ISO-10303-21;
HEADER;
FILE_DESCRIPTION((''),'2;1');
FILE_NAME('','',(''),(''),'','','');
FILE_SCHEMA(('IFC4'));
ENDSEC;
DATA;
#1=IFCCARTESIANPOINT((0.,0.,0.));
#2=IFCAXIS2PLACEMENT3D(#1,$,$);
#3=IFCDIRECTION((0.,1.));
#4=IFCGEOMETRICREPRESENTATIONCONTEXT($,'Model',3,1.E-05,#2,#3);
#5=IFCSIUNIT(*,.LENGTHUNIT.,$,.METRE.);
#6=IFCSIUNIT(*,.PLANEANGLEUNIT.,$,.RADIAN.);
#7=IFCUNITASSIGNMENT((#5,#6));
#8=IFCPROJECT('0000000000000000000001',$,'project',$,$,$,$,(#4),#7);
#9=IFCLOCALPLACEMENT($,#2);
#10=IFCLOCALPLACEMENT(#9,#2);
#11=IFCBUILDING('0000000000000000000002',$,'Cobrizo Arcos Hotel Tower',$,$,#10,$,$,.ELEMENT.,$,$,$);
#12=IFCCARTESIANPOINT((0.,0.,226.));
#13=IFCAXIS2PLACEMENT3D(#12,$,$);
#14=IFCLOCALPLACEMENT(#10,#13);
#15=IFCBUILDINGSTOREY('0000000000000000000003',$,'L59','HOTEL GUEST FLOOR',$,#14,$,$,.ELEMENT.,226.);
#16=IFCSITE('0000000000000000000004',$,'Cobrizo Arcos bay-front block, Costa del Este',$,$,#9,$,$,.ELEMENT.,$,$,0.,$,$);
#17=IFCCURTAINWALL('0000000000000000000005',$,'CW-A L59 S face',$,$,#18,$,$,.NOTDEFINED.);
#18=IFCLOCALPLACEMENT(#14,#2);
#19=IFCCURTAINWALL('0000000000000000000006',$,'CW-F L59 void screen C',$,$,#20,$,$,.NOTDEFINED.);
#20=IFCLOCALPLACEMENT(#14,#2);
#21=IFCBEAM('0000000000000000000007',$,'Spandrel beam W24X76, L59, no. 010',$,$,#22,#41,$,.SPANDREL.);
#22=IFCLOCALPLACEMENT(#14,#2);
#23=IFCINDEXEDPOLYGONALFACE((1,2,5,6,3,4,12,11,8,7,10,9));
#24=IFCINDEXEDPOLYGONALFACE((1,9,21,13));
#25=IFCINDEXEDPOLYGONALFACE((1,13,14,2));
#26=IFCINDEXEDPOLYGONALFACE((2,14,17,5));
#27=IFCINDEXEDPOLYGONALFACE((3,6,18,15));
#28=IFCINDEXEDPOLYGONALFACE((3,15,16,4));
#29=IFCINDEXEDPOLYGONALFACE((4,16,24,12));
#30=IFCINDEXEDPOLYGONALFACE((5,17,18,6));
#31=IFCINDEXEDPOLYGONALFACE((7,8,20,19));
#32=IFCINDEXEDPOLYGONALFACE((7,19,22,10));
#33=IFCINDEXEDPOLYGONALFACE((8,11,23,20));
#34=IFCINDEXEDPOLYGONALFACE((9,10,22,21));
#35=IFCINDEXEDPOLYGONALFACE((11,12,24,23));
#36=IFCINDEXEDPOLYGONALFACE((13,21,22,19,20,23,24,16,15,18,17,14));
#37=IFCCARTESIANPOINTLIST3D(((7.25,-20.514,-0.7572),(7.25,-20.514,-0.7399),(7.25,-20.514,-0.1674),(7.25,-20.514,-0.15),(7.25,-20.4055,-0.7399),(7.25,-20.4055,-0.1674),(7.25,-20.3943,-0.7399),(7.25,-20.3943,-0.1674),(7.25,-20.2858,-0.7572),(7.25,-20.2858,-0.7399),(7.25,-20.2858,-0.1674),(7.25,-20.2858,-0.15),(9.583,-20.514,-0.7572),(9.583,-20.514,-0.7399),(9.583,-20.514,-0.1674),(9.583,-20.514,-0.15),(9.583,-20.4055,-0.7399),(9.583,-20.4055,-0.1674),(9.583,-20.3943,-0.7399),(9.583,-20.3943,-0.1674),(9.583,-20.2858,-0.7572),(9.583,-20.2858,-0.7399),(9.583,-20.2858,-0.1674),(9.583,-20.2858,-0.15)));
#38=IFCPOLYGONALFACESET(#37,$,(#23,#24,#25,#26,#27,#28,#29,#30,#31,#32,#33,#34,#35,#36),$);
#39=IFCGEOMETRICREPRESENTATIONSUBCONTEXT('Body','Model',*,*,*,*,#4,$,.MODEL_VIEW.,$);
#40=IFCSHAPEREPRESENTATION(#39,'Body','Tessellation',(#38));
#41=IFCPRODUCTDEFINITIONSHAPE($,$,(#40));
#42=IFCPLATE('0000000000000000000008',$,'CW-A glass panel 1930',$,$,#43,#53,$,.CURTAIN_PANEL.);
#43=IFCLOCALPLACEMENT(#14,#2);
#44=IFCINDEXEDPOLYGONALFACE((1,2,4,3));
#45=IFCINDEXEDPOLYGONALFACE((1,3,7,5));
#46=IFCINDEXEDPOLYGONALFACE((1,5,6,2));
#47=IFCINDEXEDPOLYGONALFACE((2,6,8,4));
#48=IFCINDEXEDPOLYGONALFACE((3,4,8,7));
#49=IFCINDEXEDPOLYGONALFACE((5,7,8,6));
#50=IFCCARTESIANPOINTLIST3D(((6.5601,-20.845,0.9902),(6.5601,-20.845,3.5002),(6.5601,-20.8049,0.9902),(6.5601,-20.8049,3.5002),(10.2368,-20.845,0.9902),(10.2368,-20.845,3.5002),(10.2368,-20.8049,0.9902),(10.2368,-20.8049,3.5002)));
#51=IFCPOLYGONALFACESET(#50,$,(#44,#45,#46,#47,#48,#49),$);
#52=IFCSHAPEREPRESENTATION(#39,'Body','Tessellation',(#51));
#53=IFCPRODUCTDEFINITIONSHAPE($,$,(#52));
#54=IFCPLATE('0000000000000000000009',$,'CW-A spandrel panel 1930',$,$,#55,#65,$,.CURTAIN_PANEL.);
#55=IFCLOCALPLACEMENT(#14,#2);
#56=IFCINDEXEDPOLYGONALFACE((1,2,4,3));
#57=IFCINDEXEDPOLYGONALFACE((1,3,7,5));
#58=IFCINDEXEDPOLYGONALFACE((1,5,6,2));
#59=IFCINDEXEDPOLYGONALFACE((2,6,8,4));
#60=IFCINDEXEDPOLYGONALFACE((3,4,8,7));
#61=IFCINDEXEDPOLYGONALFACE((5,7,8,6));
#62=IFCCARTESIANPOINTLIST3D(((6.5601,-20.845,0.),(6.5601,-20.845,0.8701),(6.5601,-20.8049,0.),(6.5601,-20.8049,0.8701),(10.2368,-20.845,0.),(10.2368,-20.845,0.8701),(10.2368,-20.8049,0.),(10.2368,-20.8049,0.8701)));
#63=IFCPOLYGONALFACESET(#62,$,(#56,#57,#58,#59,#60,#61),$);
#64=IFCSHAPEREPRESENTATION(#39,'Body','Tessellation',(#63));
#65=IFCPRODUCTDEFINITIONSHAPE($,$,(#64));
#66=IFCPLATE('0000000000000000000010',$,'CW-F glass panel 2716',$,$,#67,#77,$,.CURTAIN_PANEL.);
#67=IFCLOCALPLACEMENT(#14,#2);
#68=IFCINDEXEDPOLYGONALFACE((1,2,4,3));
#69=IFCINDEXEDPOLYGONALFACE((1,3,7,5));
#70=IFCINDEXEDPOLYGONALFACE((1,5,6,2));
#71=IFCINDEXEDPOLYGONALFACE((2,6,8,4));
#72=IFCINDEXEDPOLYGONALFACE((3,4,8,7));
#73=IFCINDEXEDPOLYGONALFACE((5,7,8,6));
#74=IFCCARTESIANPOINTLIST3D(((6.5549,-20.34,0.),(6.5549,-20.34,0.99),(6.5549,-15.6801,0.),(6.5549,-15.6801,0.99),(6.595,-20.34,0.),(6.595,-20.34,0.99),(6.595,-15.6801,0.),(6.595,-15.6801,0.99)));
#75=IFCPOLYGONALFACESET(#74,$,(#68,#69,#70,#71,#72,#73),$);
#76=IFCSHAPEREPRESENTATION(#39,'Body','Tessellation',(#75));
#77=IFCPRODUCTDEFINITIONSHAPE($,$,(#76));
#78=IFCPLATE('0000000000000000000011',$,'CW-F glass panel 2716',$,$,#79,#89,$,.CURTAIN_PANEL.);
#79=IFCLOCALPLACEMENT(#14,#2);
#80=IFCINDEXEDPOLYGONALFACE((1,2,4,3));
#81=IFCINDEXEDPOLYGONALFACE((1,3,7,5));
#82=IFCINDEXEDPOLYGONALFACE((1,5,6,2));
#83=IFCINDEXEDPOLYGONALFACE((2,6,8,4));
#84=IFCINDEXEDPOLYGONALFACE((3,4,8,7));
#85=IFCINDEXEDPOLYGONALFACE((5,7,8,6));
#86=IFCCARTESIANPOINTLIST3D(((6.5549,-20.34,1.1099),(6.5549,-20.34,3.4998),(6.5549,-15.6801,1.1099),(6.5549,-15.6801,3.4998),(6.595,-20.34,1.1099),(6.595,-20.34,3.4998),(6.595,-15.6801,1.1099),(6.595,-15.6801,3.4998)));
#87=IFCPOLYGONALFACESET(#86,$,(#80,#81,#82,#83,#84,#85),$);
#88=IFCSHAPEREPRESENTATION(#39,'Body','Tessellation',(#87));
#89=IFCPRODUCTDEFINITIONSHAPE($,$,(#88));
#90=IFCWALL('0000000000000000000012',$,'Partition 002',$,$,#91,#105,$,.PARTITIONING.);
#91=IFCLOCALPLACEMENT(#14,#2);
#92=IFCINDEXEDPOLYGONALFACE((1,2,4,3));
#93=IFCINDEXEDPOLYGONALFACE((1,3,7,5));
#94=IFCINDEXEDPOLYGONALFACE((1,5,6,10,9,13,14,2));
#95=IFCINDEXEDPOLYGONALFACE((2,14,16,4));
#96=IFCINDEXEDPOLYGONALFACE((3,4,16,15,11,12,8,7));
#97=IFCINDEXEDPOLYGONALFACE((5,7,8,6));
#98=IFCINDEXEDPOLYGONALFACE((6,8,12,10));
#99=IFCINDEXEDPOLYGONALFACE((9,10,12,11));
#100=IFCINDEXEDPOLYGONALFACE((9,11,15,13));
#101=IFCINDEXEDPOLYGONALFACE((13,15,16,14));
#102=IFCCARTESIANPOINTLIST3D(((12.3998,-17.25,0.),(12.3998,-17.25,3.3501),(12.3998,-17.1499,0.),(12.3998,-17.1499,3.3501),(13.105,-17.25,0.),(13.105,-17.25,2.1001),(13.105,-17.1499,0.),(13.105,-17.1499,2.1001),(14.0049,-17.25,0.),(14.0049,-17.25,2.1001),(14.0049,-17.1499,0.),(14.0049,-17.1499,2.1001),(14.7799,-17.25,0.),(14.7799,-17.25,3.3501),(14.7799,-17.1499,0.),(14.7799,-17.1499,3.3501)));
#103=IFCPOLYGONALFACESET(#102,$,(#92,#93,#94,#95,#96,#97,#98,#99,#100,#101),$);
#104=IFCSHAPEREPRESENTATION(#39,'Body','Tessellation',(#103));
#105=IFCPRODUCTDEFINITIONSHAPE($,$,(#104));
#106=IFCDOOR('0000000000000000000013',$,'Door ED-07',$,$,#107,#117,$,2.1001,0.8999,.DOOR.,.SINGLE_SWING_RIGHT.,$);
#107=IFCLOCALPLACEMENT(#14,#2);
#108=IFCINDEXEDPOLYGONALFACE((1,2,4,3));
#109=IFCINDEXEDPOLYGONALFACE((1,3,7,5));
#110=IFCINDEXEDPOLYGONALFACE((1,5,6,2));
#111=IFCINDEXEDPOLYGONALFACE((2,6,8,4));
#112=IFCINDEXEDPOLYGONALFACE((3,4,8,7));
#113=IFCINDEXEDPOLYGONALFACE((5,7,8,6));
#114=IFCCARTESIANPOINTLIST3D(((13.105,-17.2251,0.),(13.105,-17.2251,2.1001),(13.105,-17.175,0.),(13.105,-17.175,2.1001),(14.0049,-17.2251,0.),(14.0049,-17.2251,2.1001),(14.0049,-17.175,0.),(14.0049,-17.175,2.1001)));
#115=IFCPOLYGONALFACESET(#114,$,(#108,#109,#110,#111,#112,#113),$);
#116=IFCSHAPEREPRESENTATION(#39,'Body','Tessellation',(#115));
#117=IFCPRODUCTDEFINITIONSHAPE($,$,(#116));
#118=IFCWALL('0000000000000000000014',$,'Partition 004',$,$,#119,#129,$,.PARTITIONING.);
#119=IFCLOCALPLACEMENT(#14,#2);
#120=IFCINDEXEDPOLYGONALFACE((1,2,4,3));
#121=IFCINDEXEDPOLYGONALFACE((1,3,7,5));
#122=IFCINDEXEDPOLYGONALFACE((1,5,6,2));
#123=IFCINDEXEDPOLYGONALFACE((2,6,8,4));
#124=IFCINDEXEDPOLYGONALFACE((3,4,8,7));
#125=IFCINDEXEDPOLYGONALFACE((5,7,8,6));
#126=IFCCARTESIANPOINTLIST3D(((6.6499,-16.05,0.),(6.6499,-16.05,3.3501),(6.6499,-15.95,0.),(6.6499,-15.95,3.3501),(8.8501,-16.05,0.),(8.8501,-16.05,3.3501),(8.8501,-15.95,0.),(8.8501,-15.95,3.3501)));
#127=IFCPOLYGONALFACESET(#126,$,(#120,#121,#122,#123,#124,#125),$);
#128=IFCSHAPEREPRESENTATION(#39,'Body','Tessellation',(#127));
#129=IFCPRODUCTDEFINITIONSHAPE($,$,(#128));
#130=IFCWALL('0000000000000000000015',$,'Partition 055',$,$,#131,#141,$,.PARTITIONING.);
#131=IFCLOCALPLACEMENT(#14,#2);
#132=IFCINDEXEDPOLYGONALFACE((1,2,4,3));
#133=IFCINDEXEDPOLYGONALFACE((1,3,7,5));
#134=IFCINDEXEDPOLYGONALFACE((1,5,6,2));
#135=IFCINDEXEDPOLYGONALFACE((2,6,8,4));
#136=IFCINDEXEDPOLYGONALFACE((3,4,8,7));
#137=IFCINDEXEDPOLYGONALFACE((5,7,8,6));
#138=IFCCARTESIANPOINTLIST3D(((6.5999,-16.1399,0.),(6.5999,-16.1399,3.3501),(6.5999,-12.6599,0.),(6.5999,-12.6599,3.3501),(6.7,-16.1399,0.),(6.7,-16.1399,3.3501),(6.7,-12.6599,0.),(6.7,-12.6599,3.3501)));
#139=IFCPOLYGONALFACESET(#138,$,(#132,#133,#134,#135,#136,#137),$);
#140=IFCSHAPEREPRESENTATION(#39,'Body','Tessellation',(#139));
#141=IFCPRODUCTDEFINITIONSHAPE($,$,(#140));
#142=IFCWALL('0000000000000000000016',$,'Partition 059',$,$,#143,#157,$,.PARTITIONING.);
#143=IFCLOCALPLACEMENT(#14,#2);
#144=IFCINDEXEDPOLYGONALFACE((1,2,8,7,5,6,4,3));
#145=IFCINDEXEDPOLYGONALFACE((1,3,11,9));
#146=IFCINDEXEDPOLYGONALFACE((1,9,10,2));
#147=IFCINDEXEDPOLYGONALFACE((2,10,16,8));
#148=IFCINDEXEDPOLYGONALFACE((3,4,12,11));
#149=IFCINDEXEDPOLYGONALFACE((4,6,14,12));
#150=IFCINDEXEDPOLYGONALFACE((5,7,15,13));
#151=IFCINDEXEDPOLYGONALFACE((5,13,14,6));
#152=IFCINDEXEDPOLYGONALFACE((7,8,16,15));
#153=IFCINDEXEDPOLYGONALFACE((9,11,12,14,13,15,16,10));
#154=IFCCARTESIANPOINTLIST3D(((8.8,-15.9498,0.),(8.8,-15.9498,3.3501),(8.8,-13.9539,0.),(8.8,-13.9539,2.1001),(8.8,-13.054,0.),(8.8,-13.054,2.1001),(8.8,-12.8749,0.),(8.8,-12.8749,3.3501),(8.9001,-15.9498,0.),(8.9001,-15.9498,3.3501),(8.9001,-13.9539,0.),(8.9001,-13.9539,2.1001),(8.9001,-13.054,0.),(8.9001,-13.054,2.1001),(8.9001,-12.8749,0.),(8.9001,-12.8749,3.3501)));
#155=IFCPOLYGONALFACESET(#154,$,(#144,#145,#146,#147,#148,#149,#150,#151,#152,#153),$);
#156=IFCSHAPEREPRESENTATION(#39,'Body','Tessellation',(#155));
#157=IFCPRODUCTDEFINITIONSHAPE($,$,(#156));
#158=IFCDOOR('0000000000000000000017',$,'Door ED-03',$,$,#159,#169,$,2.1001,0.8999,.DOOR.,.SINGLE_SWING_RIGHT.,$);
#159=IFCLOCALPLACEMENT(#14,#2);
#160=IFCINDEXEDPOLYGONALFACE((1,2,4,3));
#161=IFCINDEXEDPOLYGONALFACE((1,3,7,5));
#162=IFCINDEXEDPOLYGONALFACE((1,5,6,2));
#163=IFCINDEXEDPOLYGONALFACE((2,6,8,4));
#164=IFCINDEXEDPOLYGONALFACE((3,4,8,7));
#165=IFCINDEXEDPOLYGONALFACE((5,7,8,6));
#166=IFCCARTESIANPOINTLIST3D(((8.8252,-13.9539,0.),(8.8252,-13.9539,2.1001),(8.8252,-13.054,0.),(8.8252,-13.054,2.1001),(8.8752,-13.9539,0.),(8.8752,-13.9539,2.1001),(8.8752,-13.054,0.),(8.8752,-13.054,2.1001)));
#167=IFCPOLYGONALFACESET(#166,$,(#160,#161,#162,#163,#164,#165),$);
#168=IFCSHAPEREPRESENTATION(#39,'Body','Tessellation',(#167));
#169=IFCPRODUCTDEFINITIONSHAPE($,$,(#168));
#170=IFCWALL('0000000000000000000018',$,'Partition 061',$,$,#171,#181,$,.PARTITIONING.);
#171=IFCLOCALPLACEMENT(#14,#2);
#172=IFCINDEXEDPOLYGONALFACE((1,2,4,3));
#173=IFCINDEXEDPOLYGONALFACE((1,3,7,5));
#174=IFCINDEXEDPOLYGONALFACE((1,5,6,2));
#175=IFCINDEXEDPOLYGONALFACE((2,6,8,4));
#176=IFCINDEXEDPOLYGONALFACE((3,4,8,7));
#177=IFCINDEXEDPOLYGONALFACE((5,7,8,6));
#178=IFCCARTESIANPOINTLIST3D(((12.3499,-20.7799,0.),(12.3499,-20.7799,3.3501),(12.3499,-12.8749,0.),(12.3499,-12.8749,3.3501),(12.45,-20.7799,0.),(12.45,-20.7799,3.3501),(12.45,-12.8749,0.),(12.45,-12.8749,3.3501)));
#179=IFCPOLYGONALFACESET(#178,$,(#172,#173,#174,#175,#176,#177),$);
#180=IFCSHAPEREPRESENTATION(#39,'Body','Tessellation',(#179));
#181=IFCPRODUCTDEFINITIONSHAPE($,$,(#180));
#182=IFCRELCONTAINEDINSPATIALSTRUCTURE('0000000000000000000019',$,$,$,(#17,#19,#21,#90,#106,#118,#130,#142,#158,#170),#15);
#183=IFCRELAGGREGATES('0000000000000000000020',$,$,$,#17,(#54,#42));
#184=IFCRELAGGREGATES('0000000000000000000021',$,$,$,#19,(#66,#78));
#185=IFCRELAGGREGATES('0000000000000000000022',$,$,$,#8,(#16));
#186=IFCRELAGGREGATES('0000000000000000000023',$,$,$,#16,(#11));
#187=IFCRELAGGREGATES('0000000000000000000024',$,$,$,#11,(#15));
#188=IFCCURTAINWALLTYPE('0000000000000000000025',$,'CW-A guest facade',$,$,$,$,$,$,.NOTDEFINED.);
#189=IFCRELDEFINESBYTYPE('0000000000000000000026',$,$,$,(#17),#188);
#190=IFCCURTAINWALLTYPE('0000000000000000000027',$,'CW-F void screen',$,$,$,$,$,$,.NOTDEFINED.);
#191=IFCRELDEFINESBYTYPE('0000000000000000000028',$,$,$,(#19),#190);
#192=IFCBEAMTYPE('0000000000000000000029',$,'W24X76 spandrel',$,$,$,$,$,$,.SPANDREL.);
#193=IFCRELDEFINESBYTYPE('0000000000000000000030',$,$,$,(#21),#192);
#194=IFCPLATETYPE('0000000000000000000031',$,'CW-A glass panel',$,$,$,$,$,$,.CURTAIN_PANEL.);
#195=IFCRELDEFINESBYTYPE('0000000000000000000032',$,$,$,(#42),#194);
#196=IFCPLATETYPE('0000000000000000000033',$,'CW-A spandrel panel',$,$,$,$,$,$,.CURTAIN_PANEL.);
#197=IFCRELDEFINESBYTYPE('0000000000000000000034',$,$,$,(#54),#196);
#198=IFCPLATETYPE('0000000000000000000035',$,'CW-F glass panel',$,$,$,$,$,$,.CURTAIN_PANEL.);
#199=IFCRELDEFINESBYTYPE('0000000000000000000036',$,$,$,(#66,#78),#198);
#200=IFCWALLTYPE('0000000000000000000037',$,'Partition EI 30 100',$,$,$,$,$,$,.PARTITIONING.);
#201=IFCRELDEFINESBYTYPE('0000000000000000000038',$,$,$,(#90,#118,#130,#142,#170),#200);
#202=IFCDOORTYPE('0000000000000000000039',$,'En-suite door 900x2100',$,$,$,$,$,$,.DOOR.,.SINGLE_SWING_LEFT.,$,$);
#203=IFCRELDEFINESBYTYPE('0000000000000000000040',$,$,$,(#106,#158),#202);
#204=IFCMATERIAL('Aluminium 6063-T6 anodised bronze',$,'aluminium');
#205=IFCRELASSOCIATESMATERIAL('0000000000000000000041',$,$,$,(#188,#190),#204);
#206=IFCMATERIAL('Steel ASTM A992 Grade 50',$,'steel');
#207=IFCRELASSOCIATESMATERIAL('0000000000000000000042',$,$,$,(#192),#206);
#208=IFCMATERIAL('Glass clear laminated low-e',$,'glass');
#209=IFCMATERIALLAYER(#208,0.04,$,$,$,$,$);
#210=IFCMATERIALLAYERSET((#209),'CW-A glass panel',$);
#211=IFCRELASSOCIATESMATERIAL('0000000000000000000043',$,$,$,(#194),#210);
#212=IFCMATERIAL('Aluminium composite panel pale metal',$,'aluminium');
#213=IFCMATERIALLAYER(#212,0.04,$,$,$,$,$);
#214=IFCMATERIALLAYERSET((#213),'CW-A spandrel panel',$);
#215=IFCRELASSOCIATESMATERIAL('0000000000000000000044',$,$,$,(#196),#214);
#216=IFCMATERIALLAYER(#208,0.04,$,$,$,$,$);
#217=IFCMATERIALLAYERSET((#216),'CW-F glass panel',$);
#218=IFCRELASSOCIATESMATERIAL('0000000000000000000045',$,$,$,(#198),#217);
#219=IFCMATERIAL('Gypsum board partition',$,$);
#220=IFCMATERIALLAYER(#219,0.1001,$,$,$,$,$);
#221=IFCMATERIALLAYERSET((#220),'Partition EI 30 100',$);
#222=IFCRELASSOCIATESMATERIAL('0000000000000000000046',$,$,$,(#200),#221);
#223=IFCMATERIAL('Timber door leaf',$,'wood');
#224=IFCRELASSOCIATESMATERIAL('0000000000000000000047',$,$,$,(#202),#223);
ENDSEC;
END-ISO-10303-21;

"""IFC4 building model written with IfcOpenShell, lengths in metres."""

from ifc_helpers import new_model, si_unit, direction, frame, frame_2d, origin, origin_2d, place, context, subcontext, project, spatial, rectangle, i_section, extrude, material, layer, layer_set, material_profile, profile_set, type_object, element, fill, aggregate, save


model = new_model("IFC4")

# Units and contexts
model_context = context("Model", 3, precision=1e-05, world=origin(), true_north=direction((0.0, 1.0)))
body_context = subcontext(model_context, "Body", "Model", "MODEL_VIEW")
ifc_project = project(units=[si_unit("LENGTHUNIT", "METRE"), si_unit("PLANEANGLEUNIT", "RADIAN")], contexts=[model_context])

# Site, building, storey
site_placement = place(None, origin())
site = spatial("IfcSite", under=ifc_project, at=site_placement, Name="Cobrizo Arcos bay-front block, Costa del Este", CompositionType="ELEMENT", RefElevation=0.0)
building_placement = place(site_placement, origin())
building = spatial("IfcBuilding", under=site, at=building_placement, Name="Cobrizo Arcos Hotel Tower", CompositionType="ELEMENT")
storey_placement = place(building_placement, frame((0.0, 0.0, 226.0)))
storey = spatial("IfcBuildingStorey", under=building, at=storey_placement, Name="L59", Description="HOTEL GUEST FLOOR", CompositionType="ELEMENT", Elevation=226.0)

# Curtain walls
ifc_material_1 = material(Name="Aluminium 6063-T6 anodised bronze", Category="aluminium")
curtain_wall_type_1 = type_object("IfcCurtainWallType", Name="CW-A guest facade", PredefinedType="NOTDEFINED", material=ifc_material_1)
curtain_wall_1_placement = place(storey_placement, origin())
curtain_wall_1 = element("IfcCurtainWall", 1, at=curtain_wall_1_placement, inside=storey, type_object=curtain_wall_type_1, Name="CW-A L59 S face", PredefinedType="NOTDEFINED")
curtain_wall_type_2 = type_object("IfcCurtainWallType", Name="CW-F void screen", PredefinedType="NOTDEFINED", material=ifc_material_1)
curtain_wall_2_placement = place(storey_placement, origin())
curtain_wall_2 = element("IfcCurtainWall", 2, at=curtain_wall_2_placement, inside=storey, type_object=curtain_wall_type_2, Name="CW-F L59 void screen C", PredefinedType="NOTDEFINED")

# Beam
ifc_material_2 = material(Name="Steel ASTM A992 Grade 50", Category="steel")
ifc_material_profile_1 = material_profile(ifc_material_2, i_section(OverallWidth=0.2283, OverallDepth=0.6072, WebThickness=0.0112, FlangeThickness=0.0173, at=origin_2d()), Name="W24X76")
ifc_profile_set_1 = profile_set([ifc_material_profile_1], Name="Steel ASTM A992 Grade 50")
beam_type_1 = type_object("IfcBeamType", Name="W24X76 spandrel", PredefinedType="SPANDREL", material=ifc_profile_set_1)
beam_1_placement = place(storey_placement, frame((9.583, -20.3999, -0.4536), z_axis=(-1.0, 0.0, 0.0), x_axis=(0.0, -1.0, 0.0)))
element("IfcBeam", 3, at=beam_1_placement, inside=storey, type_object=beam_type_1, Name="Spandrel beam W24X76, L59, no. 010", PredefinedType="SPANDREL", context=body_context, shape_type="SweptSolid", body=[
    extrude(i_section(OverallWidth=0.2283, OverallDepth=0.6072, WebThickness=0.0112, FlangeThickness=0.0173, at=origin_2d()), origin(), (0.0, 0.0, 1.0), 2.333),
])

# Plates
ifc_material_3 = material(Name="Glass clear laminated low-e", Category="glass")
ifc_layer_1 = layer(ifc_material_3, 0.04)
ifc_layer_set_1 = layer_set([ifc_layer_1], Name="CW-A glass panel")
plate_type_1 = type_object("IfcPlateType", Name="CW-A glass panel", PredefinedType="CURTAIN_PANEL", material=ifc_layer_set_1)
plate_1_placement = place(storey_placement, frame((8.3984, -20.825, 0.9902), z_axis=(0.0, 0.0, 1.0), x_axis=(1.0, 0.0, 0.0)))
plate_1 = element("IfcPlate", 4, at=plate_1_placement, type_object=plate_type_1, Name="CW-A glass panel 1930", PredefinedType="CURTAIN_PANEL", context=body_context, shape_type="SweptSolid", body=[
    extrude(rectangle(XDim=3.6768, YDim=0.04, at=origin_2d()), origin(), (0.0, 0.0, 1.0), 2.51),
])
ifc_material_4 = material(Name="Aluminium composite panel pale metal", Category="aluminium")
ifc_layer_2 = layer(ifc_material_4, 0.04)
ifc_layer_set_2 = layer_set([ifc_layer_2], Name="CW-A spandrel panel")
plate_type_2 = type_object("IfcPlateType", Name="CW-A spandrel panel", PredefinedType="CURTAIN_PANEL", material=ifc_layer_set_2)
plate_2_placement = place(storey_placement, frame((8.3984, -20.825, 0.0), z_axis=(0.0, 0.0, 1.0), x_axis=(1.0, 0.0, 0.0)))
plate_2 = element("IfcPlate", 5, at=plate_2_placement, type_object=plate_type_2, Name="CW-A spandrel panel 1930", PredefinedType="CURTAIN_PANEL", context=body_context, shape_type="SweptSolid", body=[
    extrude(rectangle(XDim=3.6768, YDim=0.04, at=origin_2d()), origin(), (0.0, 0.0, 1.0), 0.8701),
])
aggregate(curtain_wall_1, [plate_2, plate_1])
ifc_layer_3 = layer(ifc_material_3, 0.04)
ifc_layer_set_3 = layer_set([ifc_layer_3], Name="CW-F glass panel")
plate_type_3 = type_object("IfcPlateType", Name="CW-F glass panel", PredefinedType="CURTAIN_PANEL", material=ifc_layer_set_3)
plate_3_placement = place(storey_placement, frame((6.575, -18.01, 0.0), z_axis=(0.0, 0.0, 1.0), x_axis=(0.0, 1.0, 0.0)))
plate_3 = element("IfcPlate", 6, at=plate_3_placement, type_object=plate_type_3, Name="CW-F glass panel 2716", PredefinedType="CURTAIN_PANEL", context=body_context, shape_type="SweptSolid", body=[
    extrude(rectangle(XDim=4.6599, YDim=0.04, at=origin_2d()), origin(), (0.0, 0.0, 1.0), 0.99),
])
plate_4_placement = place(storey_placement, frame((6.575, -18.01, 1.1099), z_axis=(0.0, 0.0, 1.0), x_axis=(0.0, 1.0, 0.0)))
plate_4 = element("IfcPlate", 7, at=plate_4_placement, type_object=plate_type_3, Name="CW-F glass panel 2716", PredefinedType="CURTAIN_PANEL", context=body_context, shape_type="SweptSolid", body=[
    extrude(rectangle(XDim=4.6599, YDim=0.04, at=origin_2d()), origin(), (0.0, 0.0, 1.0), 2.3899),
])
aggregate(curtain_wall_2, [plate_3, plate_4])

# Wall, opening, door
ifc_material_5 = material(Name="Gypsum board partition")
ifc_layer_4 = layer(ifc_material_5, 0.1001)
ifc_layer_set_4 = layer_set([ifc_layer_4], Name="Partition EI 30 100")
wall_type = type_object("IfcWallType", Name="Partition EI 30 100", PredefinedType="PARTITIONING", material=ifc_layer_set_4)
wall_1_placement = place(storey_placement, frame((12.3999, -17.2, 0.0), z_axis=(0.0, 0.0, 1.0), x_axis=(1.0, 0.0, 0.0)))
wall_1 = element("IfcWall", 8, at=wall_1_placement, inside=storey, type_object=wall_type, Name="Partition 002", PredefinedType="PARTITIONING", context=body_context, shape_type="SweptSolid", body=[
    extrude(rectangle(XDim=2.3801, YDim=0.1001, at=frame_2d((1.1899, 0.0))), origin(), (0.0, 0.0, 1.0), 3.3501),
])
opening_1_placement = place(wall_1_placement, frame((0.7051, 0.0, 0.0)))
opening_1 = element("IfcOpeningElement", 9, at=opening_1_placement, cuts=wall_1, PredefinedType="OPENING", context=body_context, shape_type="SweptSolid", body=[
    extrude(rectangle(XDim=0.8999, YDim=2.1001, at=frame_2d((0.45, 1.05))), frame((0.0, 0.062, 0.0), z_axis=(0.0, -1.0, 0.0), x_axis=(1.0, 0.0, 0.0)), (0.0, 0.0, 1.0), 0.124),
])
ifc_material_6 = material(Name="Timber door leaf", Category="wood")
door_type = type_object("IfcDoorType", Name="En-suite door 900x2100", OperationType="SINGLE_SWING_LEFT", PredefinedType="DOOR", material=ifc_material_6)
door_1_placement = place(opening_1_placement, origin())
door_1 = element("IfcDoor", 10, at=door_1_placement, inside=storey, type_object=door_type, Name="Door ED-07", OperationType="SINGLE_SWING_RIGHT", OverallHeight=2.1001, OverallWidth=0.8999, PredefinedType="DOOR", context=body_context, shape_type="SweptSolid", body=[
    extrude(rectangle(XDim=0.8999, YDim=2.1001, at=frame_2d((0.45, 1.05))), frame((0.0, 0.0249, 0.0), z_axis=(0.0, -1.0, 0.0), x_axis=(1.0, 0.0, 0.0)), (0.0, 0.0, 1.0), 0.05),
])
fill(opening_1, door_1)

# Walls
wall_2_placement = place(storey_placement, frame((6.6499, -16.0, 0.0), z_axis=(0.0, 0.0, 1.0), x_axis=(1.0, 0.0, 0.0)))
element("IfcWall", 11, at=wall_2_placement, inside=storey, type_object=wall_type, Name="Partition 004", PredefinedType="PARTITIONING", context=body_context, shape_type="SweptSolid", body=[
    extrude(rectangle(XDim=2.2002, YDim=0.1001, at=frame_2d((1.1001, 0.0))), origin(), (0.0, 0.0, 1.0), 3.3501),
])
wall_3_placement = place(storey_placement, frame((6.6499, -16.1399, 0.0), z_axis=(0.0, 0.0, 1.0), x_axis=(0.0, 1.0, 0.0)))
element("IfcWall", 12, at=wall_3_placement, inside=storey, type_object=wall_type, Name="Partition 055", PredefinedType="PARTITIONING", context=body_context, shape_type="SweptSolid", body=[
    extrude(rectangle(XDim=3.48, YDim=0.1001, at=frame_2d((1.74, 0.0))), origin(), (0.0, 0.0, 1.0), 3.3501),
])

# Wall, opening, door
wall_4_placement = place(storey_placement, frame((8.8501, -15.95, 0.0), z_axis=(0.0, 0.0, 1.0), x_axis=(0.0, 1.0, 0.0)))
wall_4 = element("IfcWall", 13, at=wall_4_placement, inside=storey, type_object=wall_type, Name="Partition 059", PredefinedType="PARTITIONING", context=body_context, shape_type="SweptSolid", body=[
    extrude(rectangle(XDim=3.075, YDim=0.1001, at=frame_2d((1.5376, 0.0))), origin(), (0.0, 0.0, 1.0), 3.3501),
])
opening_2_placement = place(wall_4_placement, frame((1.9961, 0.0, 0.0)))
opening_2 = element("IfcOpeningElement", 14, at=opening_2_placement, cuts=wall_4, PredefinedType="OPENING", context=body_context, shape_type="SweptSolid", body=[
    extrude(rectangle(XDim=0.8999, YDim=2.1001, at=frame_2d((0.45, 1.05))), frame((0.0, 0.062, 0.0), z_axis=(0.0, -1.0, 0.0), x_axis=(1.0, 0.0, 0.0)), (0.0, 0.0, 1.0), 0.124),
])
door_2_placement = place(opening_2_placement, origin())
door_2 = element("IfcDoor", 15, at=door_2_placement, inside=storey, type_object=door_type, Name="Door ED-03", OperationType="SINGLE_SWING_RIGHT", OverallHeight=2.1001, OverallWidth=0.8999, PredefinedType="DOOR", context=body_context, shape_type="SweptSolid", body=[
    extrude(rectangle(XDim=0.8999, YDim=2.1001, at=frame_2d((0.45, 1.05))), frame((0.0, 0.0249, 0.0), z_axis=(0.0, -1.0, 0.0), x_axis=(1.0, 0.0, 0.0)), (0.0, 0.0, 1.0), 0.05),
])
fill(opening_2, door_2)

# Wall
wall_5_placement = place(storey_placement, frame((12.3999, -20.78, 0.0), z_axis=(0.0, 0.0, 1.0), x_axis=(0.0, 1.0, 0.0)))
element("IfcWall", 16, at=wall_5_placement, inside=storey, type_object=wall_type, Name="Partition 061", PredefinedType="PARTITIONING", context=body_context, shape_type="SweptSolid", body=[
    extrude(rectangle(XDim=7.905, YDim=0.1001, at=frame_2d((3.9526, 0.0))), origin(), (0.0, 0.0, 1.0), 3.3501),
])

save(model, "model.ifc")
